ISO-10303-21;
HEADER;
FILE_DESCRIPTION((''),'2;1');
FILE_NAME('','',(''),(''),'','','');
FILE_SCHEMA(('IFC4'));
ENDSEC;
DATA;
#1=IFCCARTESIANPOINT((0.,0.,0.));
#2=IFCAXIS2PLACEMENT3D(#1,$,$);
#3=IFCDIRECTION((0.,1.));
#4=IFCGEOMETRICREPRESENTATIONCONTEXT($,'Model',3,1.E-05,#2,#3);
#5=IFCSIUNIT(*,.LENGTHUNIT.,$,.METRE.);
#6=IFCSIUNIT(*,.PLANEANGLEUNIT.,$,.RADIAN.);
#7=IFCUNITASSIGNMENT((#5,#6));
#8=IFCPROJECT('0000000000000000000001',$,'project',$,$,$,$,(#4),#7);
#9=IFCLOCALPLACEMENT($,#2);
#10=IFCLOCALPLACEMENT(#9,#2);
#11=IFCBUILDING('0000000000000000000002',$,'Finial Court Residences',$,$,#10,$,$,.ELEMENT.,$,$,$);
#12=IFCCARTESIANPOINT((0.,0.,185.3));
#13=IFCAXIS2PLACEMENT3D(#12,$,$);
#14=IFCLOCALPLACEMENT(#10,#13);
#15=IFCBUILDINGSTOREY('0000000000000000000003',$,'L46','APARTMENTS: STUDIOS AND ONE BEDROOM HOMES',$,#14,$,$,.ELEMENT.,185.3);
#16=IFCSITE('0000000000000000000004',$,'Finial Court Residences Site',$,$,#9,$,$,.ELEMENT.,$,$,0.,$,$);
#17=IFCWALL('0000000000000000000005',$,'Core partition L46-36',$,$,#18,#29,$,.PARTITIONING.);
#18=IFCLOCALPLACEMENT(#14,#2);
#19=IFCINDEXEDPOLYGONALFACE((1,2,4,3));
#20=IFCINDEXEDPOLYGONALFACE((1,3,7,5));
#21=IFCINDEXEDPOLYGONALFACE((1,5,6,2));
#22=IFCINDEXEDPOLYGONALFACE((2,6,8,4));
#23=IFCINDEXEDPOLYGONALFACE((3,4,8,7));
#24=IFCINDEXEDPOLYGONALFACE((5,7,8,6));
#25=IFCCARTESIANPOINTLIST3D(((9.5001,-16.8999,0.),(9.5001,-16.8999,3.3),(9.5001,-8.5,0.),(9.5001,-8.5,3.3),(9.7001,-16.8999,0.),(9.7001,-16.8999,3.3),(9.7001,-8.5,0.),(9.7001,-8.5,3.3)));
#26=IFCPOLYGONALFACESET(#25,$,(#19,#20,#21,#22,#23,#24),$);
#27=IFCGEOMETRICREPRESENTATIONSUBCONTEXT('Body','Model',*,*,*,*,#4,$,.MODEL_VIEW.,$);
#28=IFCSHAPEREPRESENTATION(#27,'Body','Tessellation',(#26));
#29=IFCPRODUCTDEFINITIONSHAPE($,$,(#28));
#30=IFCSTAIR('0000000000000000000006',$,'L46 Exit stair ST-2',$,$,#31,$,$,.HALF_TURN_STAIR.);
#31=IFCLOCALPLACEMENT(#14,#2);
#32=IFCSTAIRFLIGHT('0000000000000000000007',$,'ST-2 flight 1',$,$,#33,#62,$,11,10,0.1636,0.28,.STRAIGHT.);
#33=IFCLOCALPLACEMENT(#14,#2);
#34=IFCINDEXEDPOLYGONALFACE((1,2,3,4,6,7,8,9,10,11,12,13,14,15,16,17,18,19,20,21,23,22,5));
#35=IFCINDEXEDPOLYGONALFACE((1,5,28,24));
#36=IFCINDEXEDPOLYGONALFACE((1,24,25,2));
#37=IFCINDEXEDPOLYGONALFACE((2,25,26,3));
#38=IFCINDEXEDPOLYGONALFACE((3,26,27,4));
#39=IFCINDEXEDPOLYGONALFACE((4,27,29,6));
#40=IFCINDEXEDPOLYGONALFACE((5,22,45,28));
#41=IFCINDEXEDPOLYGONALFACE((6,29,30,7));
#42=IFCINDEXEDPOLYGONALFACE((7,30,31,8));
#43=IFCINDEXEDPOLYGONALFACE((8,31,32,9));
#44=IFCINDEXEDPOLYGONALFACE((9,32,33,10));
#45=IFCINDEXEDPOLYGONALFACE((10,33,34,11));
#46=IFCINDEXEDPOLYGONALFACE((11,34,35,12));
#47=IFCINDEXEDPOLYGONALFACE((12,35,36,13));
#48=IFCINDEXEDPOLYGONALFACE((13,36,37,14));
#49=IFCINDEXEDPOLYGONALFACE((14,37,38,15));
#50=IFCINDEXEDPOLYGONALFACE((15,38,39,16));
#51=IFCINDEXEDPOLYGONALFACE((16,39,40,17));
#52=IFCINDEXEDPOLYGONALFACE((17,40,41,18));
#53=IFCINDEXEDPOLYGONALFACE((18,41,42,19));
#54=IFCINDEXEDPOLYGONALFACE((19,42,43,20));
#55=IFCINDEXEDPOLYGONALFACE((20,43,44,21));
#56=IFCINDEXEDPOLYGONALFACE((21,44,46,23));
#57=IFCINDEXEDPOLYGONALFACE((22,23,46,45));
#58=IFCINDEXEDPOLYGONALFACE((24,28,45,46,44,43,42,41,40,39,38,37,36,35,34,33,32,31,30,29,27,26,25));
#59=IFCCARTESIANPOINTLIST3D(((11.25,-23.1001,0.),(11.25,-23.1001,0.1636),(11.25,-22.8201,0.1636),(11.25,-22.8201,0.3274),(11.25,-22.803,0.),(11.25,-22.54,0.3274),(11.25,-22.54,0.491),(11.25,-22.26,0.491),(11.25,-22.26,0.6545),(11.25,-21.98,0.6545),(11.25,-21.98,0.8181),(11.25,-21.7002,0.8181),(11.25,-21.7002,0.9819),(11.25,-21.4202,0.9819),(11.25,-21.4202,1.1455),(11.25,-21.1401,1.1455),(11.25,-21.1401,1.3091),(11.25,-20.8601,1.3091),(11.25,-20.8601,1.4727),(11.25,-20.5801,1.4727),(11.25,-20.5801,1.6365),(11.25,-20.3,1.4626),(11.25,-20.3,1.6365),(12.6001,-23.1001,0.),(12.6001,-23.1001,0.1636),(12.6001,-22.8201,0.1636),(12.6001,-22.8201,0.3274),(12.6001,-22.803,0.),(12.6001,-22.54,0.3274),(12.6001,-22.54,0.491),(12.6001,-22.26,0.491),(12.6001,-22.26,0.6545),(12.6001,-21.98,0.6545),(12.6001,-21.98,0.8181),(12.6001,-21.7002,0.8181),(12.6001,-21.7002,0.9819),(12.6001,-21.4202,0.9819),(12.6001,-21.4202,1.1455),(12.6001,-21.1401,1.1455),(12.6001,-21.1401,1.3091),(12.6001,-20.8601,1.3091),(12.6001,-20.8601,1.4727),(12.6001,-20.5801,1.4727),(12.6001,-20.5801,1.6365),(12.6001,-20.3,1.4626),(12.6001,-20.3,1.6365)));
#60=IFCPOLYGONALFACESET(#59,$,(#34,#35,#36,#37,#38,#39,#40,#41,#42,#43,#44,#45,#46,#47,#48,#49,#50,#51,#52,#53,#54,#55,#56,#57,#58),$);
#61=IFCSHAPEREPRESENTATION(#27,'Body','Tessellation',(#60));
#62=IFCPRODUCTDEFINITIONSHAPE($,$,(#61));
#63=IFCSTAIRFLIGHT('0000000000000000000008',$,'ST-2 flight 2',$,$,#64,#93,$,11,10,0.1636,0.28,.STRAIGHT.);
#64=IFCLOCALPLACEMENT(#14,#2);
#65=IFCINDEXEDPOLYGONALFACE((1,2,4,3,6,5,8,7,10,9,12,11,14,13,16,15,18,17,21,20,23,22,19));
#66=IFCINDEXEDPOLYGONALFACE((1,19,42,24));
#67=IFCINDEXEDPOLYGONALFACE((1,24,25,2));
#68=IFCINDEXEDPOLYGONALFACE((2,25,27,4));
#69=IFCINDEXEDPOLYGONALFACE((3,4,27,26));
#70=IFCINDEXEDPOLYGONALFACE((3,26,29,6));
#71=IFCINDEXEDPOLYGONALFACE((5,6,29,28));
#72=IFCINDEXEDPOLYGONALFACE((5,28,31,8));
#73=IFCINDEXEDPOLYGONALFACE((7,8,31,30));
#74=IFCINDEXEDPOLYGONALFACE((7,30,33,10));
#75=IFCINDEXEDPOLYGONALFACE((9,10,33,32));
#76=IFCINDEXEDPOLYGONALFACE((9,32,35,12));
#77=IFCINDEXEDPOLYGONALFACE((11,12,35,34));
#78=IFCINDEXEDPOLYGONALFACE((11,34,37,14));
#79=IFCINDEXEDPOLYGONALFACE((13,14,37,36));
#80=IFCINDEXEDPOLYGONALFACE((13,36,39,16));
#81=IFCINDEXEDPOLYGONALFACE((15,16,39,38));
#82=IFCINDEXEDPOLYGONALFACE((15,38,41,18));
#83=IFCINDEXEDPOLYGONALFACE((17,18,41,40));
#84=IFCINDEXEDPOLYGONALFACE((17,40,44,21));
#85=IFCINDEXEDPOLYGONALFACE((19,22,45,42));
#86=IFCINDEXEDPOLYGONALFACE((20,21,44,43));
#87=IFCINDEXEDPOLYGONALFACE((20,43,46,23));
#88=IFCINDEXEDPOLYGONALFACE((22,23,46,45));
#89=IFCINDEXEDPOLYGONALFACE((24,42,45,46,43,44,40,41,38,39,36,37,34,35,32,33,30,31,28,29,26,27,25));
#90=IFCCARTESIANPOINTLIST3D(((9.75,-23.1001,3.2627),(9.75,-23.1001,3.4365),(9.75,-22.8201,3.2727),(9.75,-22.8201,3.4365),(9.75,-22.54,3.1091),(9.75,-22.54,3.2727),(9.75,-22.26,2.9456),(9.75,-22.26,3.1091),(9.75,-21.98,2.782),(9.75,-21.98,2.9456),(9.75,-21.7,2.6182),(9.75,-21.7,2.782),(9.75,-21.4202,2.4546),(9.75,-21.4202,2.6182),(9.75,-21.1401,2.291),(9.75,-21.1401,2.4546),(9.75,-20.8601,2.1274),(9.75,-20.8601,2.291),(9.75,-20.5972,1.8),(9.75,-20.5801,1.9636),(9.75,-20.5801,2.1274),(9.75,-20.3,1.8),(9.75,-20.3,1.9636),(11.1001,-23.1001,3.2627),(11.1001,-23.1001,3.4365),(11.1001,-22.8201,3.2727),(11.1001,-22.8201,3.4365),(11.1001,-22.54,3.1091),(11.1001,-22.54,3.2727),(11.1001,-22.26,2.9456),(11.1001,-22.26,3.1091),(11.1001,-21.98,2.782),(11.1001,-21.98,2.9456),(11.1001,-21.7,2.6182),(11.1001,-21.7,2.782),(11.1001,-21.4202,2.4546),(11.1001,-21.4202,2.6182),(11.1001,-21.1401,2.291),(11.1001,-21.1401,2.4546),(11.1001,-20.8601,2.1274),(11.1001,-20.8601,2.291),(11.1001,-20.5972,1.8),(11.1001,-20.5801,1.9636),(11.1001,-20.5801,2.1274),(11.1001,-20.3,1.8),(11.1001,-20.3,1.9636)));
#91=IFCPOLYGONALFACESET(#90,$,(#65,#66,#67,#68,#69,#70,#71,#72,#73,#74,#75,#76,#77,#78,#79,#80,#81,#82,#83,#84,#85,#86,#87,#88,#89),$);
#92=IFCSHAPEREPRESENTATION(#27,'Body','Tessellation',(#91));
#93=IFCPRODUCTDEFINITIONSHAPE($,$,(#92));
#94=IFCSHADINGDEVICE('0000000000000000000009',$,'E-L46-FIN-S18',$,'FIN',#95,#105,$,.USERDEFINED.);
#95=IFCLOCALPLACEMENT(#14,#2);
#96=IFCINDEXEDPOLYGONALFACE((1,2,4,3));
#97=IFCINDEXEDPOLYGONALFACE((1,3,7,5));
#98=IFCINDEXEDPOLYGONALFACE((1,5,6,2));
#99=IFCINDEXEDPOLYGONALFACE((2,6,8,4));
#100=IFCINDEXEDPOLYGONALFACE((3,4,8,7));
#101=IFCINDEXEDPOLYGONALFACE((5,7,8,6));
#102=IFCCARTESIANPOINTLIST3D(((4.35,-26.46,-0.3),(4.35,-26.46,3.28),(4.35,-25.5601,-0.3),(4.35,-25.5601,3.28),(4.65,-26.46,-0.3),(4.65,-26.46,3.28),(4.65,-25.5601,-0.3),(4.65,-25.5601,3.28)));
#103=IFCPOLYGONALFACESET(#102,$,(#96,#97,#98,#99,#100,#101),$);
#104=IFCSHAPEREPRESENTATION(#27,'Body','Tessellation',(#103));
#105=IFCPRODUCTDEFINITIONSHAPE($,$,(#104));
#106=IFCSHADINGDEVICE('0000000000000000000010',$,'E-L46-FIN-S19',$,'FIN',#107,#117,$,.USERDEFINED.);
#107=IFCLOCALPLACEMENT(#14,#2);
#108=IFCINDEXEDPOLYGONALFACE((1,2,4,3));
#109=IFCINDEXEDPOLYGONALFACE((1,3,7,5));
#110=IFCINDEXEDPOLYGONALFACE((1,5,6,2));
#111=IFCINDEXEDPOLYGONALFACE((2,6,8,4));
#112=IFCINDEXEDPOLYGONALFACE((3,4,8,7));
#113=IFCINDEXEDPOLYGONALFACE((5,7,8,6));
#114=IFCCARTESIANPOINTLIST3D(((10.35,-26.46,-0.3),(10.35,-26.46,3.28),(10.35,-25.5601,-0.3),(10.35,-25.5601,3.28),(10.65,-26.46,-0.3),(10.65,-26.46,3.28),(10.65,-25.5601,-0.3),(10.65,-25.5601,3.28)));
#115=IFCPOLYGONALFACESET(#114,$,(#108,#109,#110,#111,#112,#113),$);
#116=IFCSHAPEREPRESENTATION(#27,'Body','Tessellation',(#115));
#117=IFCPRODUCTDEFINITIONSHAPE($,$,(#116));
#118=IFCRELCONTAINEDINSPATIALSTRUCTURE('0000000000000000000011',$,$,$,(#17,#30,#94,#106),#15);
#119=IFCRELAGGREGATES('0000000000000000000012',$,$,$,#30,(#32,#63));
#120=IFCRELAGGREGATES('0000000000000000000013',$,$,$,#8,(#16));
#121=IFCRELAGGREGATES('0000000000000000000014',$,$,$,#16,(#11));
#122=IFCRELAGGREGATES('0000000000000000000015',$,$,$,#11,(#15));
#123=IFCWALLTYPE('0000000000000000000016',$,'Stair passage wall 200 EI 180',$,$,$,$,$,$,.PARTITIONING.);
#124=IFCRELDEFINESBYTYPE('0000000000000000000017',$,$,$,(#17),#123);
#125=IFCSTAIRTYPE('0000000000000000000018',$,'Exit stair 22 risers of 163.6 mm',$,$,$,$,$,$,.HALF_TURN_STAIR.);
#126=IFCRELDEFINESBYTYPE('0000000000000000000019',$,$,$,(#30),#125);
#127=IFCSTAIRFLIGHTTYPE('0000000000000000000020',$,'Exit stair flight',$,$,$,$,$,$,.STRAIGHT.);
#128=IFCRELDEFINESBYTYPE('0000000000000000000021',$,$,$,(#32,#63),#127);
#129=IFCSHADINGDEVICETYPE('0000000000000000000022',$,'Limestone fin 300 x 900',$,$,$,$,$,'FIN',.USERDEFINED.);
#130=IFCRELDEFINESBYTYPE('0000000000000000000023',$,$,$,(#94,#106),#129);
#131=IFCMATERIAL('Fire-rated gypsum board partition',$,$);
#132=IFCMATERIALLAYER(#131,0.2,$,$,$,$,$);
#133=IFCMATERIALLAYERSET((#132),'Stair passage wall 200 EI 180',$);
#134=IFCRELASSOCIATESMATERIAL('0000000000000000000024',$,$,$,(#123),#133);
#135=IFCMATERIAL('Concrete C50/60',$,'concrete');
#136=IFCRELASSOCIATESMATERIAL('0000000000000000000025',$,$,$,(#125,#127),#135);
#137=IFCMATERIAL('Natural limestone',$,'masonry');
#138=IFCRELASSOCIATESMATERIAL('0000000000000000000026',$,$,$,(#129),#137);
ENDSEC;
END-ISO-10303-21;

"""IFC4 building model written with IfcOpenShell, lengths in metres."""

from ifc_helpers import new_model, si_unit, direction, frame, frame_2d, origin, origin_2d, place, context, subcontext, project, spatial, polyline, rectangle, outline, extrude, material, layer, layer_set, type_object, element, aggregate, save


model = new_model("IFC4")

# Units and contexts
model_context = context("Model", 3, precision=1e-05, world=origin(), true_north=direction((0.0, 1.0)))
body_context = subcontext(model_context, "Body", "Model", "MODEL_VIEW")
ifc_project = project(units=[si_unit("LENGTHUNIT", "METRE"), si_unit("PLANEANGLEUNIT", "RADIAN")], contexts=[model_context])

# Site, building, storey
site_placement = place(None, origin())
site = spatial("IfcSite", under=ifc_project, at=site_placement, Name="Finial Court Residences Site", CompositionType="ELEMENT", RefElevation=0.0)
building_placement = place(site_placement, origin())
building = spatial("IfcBuilding", under=site, at=building_placement, Name="Finial Court Residences", CompositionType="ELEMENT")
storey_placement = place(building_placement, frame((0.0, 0.0, 185.3)))
storey = spatial("IfcBuildingStorey", under=building, at=storey_placement, Name="L46", Description="APARTMENTS: STUDIOS AND ONE BEDROOM HOMES", CompositionType="ELEMENT", Elevation=185.3)

# Shared definitions
ifc_material_1 = material(Name="Fire-rated gypsum board partition")

# Wall
ifc_layer_1 = layer(ifc_material_1, 0.2)
ifc_layer_set_1 = layer_set([ifc_layer_1], Name="Stair passage wall 200 EI 180")
wall_type_1 = type_object("IfcWallType", Name="Stair passage wall 200 EI 180", PredefinedType="PARTITIONING", material=ifc_layer_set_1)
wall_1_placement = place(storey_placement, frame((9.6001, -16.8999, 0.0), z_axis=(0.0, 0.0, 1.0), x_axis=(0.0, 1.0, 0.0)))
element("IfcWall", 1, at=wall_1_placement, inside=storey, type_object=wall_type_1, Name="Core partition L46-36", PredefinedType="PARTITIONING", context=body_context, shape_type="SweptSolid", body=[
    extrude(rectangle(XDim=8.3999, YDim=0.2, at=frame_2d((4.2, 0.0))), origin(), (0.0, 0.0, 1.0), 3.3),
])

# Stair, stair flights
ifc_material_2 = material(Name="Concrete C50/60", Category="concrete")
stair_type = type_object("IfcStairType", Name="Exit stair 22 risers of 163.6 mm", PredefinedType="HALF_TURN_STAIR", material=ifc_material_2)
stair_placement = place(storey_placement, origin())
stair = element("IfcStair", 2, at=stair_placement, inside=storey, type_object=stair_type, Name="L46 Exit stair ST-2", PredefinedType="HALF_TURN_STAIR")
stair_flight_type = type_object("IfcStairFlightType", Name="Exit stair flight", PredefinedType="STRAIGHT", material=ifc_material_2)
stair_flight_1_placement = place(storey_placement, frame((11.925, -23.1001, 0.0), z_axis=(0.0, 0.0, 1.0), x_axis=(0.0, 1.0, 0.0)))
stair_flight_1 = element("IfcStairFlight", 3, at=stair_flight_1_placement, type_object=stair_flight_type, Name="ST-2 flight 1", NumberOfRisers=11, NumberOfTreads=10, PredefinedType="STRAIGHT", RiserHeight=0.1636, TreadLength=0.28, context=body_context, shape_type="SweptSolid", body=[
    extrude(outline(polyline([(0.0, 0.0), (0.0, 0.1636), (0.28, 0.1636), (0.28, 0.3274), (0.5601, 0.3274), (0.5601, 0.491), (0.8401, 0.491), (0.8401, 0.6545), (1.1201, 0.6545), (1.1201, 0.8181), (1.3999, 0.8181), (1.3999, 0.9819), (1.6799, 0.9819), (1.6799, 1.1455), (1.96, 1.1455), (1.96, 1.3091), (2.24, 1.3091), (2.24, 1.4727), (2.52, 1.4727), (2.52, 1.6365), (2.8, 1.6365), (2.8, 1.8), (2.8, 1.4626), (0.2971, 0.0), (0.0, 0.0)])), frame((0.0, 0.675, 0.0), z_axis=(0.0, -1.0, 0.0), x_axis=(1.0, 0.0, 0.0)), (0.0, 0.0, 1.0), 1.3501),
])
stair_flight_2_placement = place(storey_placement, frame((10.425, -20.3, 1.8), z_axis=(0.0, 0.0, 1.0), x_axis=(0.0, -1.0, 0.0)))
stair_flight_2 = element("IfcStairFlight", 4, at=stair_flight_2_placement, type_object=stair_flight_type, Name="ST-2 flight 2", NumberOfRisers=11, NumberOfTreads=10, PredefinedType="STRAIGHT", RiserHeight=0.1636, TreadLength=0.28, context=body_context, shape_type="SweptSolid", body=[
    extrude(outline(polyline([(0.0, 0.0), (0.0, 0.1636), (0.28, 0.1636), (0.28, 0.3274), (0.5601, 0.3274), (0.5601, 0.491), (0.8401, 0.491), (0.8401, 0.6545), (1.1201, 0.6545), (1.1201, 0.8181), (1.3999, 0.8181), (1.3999, 0.9819), (1.6799, 0.9819), (1.6799, 1.1455), (1.96, 1.1455), (1.96, 1.3091), (2.24, 1.3091), (2.24, 1.4727), (2.52, 1.4727), (2.52, 1.6365), (2.8, 1.6365), (2.8, 1.8), (2.8, 1.4626), (0.2971, 0.0), (0.0, 0.0)])), frame((0.0, 0.675, 0.0), z_axis=(0.0, -1.0, 0.0), x_axis=(1.0, 0.0, 0.0)), (0.0, 0.0, 1.0), 1.3501),
])
aggregate(stair, [stair_flight_1, stair_flight_2])

# Shading devices
ifc_material_3 = material(Name="Natural limestone", Category="masonry")
shading_device_type = type_object("IfcShadingDeviceType", Name="Limestone fin 300 x 900", ElementType="FIN", PredefinedType="USERDEFINED", material=ifc_material_3)
for number, where, z_axis, x_axis, name in (
    (5, (4.5, -26.01, -0.3), (0.0, 0.0, 1.0), (1.0, 0.0, 0.0), "E-L46-FIN-S18"),
    (6, (10.5, -26.01, -0.3), (0.0, 0.0, 1.0), (1.0, 0.0, 0.0), "E-L46-FIN-S19"),
):
    element("IfcShadingDevice", number, at=place(storey_placement, frame(where, z_axis=z_axis, x_axis=x_axis)), inside=storey, type_object=shading_device_type, Name=name, ObjectType="FIN", PredefinedType="USERDEFINED", context=body_context, shape_type="SweptSolid", body=[
        extrude(rectangle(XDim=0.3, YDim=0.8999, at=origin_2d()), origin(), (0.0, 0.0, 1.0), 3.5801),
    ])

save(model, "model.ifc")
